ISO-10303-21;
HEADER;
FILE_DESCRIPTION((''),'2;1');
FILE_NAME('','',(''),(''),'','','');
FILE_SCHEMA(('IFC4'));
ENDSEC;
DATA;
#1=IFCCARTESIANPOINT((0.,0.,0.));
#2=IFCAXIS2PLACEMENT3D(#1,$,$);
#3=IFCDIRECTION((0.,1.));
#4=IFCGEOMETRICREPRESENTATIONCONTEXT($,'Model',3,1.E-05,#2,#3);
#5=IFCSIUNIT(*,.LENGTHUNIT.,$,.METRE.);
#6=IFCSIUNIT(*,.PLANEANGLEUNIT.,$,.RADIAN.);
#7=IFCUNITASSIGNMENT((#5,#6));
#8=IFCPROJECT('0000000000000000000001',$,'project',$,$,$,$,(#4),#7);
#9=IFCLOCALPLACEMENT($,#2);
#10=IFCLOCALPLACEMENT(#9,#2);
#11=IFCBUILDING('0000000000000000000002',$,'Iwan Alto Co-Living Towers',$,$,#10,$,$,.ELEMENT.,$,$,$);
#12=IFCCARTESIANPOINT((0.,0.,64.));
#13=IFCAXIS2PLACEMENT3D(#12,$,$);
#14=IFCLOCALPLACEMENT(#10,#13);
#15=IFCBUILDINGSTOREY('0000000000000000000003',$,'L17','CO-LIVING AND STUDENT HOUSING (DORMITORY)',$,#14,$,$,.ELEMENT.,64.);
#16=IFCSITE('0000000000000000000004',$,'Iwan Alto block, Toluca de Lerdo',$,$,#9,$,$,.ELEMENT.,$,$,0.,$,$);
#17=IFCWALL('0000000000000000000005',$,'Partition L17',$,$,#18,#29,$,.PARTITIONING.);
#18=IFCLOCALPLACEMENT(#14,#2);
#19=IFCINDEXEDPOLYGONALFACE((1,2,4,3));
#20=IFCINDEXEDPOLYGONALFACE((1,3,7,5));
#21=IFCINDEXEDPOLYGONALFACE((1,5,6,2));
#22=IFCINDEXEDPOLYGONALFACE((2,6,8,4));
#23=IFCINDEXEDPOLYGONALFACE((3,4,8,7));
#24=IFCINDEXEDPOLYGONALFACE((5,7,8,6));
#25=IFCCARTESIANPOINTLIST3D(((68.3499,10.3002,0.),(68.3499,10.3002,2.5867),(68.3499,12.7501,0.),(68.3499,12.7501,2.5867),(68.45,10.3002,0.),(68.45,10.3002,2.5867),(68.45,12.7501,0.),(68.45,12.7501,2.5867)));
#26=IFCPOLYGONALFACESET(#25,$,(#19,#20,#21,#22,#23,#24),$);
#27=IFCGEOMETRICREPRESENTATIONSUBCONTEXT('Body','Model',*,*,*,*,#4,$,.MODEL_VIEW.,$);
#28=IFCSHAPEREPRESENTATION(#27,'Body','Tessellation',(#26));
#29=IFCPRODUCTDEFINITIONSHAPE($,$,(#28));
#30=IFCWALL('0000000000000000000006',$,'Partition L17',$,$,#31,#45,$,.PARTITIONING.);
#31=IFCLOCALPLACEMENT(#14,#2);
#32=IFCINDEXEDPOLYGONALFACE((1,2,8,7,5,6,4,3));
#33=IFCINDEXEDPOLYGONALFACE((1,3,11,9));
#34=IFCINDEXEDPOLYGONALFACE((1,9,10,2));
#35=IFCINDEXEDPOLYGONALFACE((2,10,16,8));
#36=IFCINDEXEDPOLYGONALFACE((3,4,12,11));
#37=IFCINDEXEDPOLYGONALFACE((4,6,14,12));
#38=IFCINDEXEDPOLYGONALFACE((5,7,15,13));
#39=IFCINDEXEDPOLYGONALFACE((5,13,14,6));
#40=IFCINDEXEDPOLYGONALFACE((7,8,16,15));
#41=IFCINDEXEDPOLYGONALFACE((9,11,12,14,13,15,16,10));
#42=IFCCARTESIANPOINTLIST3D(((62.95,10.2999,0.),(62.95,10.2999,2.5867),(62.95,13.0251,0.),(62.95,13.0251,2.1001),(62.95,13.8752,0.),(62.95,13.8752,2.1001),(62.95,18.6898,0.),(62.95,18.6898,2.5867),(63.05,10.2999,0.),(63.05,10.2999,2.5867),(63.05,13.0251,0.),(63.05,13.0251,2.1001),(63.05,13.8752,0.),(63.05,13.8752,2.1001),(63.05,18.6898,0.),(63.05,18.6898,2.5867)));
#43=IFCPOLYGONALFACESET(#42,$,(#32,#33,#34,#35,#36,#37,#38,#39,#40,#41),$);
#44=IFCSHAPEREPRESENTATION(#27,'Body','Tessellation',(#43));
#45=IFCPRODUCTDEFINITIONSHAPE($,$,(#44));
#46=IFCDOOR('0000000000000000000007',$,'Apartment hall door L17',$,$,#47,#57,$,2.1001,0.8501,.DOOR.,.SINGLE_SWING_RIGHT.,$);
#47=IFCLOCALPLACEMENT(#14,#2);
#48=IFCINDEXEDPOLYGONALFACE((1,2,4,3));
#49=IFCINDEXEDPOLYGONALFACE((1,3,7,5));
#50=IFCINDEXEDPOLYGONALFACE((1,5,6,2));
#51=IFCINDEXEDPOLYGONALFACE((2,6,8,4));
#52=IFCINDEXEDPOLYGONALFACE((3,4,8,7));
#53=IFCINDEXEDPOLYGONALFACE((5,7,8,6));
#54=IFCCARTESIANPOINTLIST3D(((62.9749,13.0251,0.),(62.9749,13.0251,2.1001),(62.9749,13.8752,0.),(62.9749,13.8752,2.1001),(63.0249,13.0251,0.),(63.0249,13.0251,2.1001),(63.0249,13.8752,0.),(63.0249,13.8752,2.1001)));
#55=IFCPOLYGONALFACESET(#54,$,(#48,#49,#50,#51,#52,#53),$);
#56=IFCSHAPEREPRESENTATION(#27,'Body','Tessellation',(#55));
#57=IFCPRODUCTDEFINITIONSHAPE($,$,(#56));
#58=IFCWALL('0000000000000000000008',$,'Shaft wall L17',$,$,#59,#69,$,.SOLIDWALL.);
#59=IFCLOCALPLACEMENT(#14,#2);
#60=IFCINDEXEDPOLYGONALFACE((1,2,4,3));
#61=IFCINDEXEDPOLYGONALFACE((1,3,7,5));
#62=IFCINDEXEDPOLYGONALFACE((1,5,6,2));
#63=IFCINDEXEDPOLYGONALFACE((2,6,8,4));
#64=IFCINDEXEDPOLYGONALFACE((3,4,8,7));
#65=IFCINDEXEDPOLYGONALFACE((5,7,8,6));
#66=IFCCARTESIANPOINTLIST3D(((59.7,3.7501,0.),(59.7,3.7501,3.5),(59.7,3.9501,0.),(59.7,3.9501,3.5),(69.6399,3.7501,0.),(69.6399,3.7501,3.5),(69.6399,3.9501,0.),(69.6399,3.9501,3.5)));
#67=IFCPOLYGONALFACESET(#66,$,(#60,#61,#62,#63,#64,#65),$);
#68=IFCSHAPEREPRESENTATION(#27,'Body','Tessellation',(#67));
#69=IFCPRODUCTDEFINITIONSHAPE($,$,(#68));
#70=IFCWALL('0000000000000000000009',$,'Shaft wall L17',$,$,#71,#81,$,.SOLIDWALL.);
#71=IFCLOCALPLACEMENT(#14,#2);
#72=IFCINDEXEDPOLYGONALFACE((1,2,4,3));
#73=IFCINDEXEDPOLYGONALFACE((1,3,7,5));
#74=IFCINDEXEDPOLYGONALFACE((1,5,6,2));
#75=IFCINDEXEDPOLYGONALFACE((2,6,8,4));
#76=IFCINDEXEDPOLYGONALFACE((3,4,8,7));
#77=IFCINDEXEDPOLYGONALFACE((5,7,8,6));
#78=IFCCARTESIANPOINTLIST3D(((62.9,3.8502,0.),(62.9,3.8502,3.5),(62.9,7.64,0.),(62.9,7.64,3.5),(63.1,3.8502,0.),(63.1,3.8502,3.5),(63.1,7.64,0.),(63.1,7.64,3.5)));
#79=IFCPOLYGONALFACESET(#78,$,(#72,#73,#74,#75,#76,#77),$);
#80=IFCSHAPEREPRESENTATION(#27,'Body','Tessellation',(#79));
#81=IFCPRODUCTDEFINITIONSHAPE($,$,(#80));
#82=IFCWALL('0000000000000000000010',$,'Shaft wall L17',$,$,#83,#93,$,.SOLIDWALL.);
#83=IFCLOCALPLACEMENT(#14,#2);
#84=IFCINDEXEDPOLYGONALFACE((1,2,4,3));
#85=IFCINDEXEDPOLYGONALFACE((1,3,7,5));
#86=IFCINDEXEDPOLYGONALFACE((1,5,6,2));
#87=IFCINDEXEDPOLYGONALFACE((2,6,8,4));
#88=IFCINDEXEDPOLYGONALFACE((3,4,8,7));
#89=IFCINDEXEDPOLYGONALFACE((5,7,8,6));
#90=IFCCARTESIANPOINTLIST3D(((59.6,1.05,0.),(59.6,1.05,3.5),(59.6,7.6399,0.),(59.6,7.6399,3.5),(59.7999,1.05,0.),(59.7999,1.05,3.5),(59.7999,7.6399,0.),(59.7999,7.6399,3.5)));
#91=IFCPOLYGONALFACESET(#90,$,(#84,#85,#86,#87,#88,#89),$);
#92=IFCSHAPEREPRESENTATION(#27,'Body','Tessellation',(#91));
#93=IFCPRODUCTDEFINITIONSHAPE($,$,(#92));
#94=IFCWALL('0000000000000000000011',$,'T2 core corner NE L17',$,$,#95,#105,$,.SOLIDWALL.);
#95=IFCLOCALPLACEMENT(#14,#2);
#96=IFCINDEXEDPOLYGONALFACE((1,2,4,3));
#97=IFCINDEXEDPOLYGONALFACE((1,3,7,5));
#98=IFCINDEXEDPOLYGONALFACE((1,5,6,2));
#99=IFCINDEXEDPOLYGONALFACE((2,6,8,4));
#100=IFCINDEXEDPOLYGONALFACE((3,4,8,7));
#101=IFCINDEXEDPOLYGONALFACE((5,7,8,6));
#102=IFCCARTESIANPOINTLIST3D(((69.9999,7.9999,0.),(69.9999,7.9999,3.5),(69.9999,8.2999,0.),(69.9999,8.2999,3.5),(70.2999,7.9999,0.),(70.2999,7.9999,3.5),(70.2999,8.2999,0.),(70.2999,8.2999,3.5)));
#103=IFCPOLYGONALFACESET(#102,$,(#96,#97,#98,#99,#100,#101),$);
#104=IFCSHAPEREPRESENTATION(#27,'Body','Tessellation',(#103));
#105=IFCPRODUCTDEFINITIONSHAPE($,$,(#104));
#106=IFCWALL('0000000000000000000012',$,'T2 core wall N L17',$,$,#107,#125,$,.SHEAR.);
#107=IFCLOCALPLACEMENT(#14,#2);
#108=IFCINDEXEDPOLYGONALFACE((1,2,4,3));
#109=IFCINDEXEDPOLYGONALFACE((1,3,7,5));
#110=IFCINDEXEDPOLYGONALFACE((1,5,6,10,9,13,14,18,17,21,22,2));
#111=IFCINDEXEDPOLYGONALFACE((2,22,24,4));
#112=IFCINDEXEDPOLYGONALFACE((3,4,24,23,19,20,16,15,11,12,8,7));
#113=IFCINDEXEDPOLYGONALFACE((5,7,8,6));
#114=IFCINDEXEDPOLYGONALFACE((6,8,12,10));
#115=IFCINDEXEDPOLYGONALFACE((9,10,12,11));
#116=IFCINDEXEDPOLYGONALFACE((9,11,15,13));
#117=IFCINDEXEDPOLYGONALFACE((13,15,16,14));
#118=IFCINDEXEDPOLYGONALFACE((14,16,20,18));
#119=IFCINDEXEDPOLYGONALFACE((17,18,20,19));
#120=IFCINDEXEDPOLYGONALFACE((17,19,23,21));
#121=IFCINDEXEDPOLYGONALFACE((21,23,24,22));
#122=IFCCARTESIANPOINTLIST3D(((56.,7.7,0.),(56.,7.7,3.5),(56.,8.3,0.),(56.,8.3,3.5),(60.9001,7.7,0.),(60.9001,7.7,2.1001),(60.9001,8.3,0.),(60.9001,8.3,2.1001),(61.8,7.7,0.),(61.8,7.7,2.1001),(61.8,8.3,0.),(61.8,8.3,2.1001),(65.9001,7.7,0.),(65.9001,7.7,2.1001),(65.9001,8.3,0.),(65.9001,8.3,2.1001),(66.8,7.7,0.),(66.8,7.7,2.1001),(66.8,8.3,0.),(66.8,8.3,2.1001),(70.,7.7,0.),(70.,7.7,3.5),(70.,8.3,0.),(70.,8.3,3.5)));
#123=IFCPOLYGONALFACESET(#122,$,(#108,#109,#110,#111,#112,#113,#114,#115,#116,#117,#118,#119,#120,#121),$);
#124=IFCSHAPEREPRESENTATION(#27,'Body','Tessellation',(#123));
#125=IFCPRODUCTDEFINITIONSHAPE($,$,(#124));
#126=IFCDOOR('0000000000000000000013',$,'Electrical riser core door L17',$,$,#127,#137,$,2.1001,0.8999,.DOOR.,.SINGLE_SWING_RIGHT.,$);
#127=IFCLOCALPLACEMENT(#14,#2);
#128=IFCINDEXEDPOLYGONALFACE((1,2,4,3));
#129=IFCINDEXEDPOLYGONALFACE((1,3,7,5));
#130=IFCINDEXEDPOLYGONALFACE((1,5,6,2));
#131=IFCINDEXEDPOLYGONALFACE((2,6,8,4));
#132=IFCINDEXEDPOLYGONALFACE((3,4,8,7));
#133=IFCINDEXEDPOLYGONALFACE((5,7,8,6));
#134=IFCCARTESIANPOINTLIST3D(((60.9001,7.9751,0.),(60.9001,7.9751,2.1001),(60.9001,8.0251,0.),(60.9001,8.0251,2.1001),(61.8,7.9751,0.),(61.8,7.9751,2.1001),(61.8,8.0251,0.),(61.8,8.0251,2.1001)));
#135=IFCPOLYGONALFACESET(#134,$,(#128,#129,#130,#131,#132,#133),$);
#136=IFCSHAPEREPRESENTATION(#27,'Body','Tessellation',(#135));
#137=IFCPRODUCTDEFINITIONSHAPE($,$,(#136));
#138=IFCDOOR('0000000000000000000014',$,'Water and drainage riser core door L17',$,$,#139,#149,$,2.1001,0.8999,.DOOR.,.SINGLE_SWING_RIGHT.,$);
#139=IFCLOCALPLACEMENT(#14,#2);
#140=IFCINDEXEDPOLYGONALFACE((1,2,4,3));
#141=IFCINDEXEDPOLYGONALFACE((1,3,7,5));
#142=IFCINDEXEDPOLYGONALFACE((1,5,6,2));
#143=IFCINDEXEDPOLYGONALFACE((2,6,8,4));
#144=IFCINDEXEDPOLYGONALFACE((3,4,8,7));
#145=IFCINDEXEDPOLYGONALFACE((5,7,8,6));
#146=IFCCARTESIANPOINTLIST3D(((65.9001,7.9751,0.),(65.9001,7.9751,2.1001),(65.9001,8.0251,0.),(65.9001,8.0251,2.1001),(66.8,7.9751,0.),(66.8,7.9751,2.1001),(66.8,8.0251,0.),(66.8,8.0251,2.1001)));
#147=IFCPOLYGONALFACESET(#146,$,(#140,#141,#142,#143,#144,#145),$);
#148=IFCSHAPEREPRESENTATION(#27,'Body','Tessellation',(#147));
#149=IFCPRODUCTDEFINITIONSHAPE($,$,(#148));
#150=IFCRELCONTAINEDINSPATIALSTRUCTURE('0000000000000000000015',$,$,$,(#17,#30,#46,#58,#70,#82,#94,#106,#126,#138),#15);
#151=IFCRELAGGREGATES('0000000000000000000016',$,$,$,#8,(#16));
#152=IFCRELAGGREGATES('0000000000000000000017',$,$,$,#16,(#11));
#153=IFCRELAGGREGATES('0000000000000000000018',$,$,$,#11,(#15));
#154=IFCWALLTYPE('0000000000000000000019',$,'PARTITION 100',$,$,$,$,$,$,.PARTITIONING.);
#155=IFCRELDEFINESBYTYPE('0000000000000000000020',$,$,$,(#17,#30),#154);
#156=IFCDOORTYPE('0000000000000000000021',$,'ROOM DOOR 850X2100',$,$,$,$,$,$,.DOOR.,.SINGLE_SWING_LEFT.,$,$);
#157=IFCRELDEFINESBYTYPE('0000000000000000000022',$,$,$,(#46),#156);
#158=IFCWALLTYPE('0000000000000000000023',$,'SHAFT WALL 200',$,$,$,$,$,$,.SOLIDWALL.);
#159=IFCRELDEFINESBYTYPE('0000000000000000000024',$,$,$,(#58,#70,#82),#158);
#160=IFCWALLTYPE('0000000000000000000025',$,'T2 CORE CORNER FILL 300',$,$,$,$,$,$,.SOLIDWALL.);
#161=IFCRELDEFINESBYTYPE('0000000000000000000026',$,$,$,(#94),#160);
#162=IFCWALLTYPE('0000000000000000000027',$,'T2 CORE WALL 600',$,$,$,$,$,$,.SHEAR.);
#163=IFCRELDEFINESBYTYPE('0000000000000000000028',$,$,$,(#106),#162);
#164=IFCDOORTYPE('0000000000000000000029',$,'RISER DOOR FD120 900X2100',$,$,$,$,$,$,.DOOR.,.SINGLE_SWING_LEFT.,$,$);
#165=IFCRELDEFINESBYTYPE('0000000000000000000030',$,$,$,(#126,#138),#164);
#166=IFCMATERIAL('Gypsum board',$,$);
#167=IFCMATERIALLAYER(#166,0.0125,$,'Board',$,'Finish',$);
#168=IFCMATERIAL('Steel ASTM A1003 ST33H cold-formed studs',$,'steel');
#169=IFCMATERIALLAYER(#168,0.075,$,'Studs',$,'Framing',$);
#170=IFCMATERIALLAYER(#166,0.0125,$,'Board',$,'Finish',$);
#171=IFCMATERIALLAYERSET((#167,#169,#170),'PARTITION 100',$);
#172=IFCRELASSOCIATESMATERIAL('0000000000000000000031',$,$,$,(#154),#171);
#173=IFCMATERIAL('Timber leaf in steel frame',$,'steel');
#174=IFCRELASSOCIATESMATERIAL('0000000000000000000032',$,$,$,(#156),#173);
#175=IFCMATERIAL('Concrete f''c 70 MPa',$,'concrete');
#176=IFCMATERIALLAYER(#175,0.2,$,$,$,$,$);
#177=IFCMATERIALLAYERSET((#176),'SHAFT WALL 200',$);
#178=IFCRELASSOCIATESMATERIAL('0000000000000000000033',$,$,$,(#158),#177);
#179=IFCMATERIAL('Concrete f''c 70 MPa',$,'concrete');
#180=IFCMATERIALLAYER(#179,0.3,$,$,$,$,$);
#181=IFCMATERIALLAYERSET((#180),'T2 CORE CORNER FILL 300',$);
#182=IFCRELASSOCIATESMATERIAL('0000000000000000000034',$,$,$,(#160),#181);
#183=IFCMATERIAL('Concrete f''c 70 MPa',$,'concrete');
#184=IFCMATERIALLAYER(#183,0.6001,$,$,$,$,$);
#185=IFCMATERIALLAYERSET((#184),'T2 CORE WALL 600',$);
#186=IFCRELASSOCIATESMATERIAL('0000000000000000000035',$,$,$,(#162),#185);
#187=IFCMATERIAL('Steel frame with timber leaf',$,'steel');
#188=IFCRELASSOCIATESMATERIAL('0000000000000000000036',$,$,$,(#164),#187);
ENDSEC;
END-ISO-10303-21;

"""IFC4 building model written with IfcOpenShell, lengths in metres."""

from ifc_helpers import new_model, si_unit, direction, frame, frame_2d, origin, place, context, subcontext, project, spatial, rectangle, extrude, material, layer, layer_set, type_object, element, fill, save


model = new_model("IFC4")

# Units and contexts
model_context = context("Model", 3, precision=1e-05, world=origin(), true_north=direction((0.0, 1.0)))
body_context = subcontext(model_context, "Body", "Model", "MODEL_VIEW")
ifc_project = project(units=[si_unit("LENGTHUNIT", "METRE"), si_unit("PLANEANGLEUNIT", "RADIAN")], contexts=[model_context])

# Site, building, storey
site_placement = place(None, origin())
site = spatial("IfcSite", under=ifc_project, at=site_placement, Name="Iwan Alto block, Toluca de Lerdo", CompositionType="ELEMENT", RefElevation=0.0)
building_placement = place(site_placement, origin())
building = spatial("IfcBuilding", under=site, at=building_placement, Name="Iwan Alto Co-Living Towers", CompositionType="ELEMENT")
storey_placement = place(building_placement, frame((0.0, 0.0, 64.0)))
storey = spatial("IfcBuildingStorey", under=building, at=storey_placement, Name="L17", Description="CO-LIVING AND STUDENT HOUSING (DORMITORY)", CompositionType="ELEMENT", Elevation=64.0)

# Wall
ifc_material_1 = material(Name="Gypsum board")
ifc_layer_1 = layer(ifc_material_1, 0.0125, Name="Board", Category="Finish")
ifc_material_2 = material(Name="Steel ASTM A1003 ST33H cold-formed studs", Category="steel")
ifc_layer_2 = layer(ifc_material_2, 0.075, Name="Studs", Category="Framing")
ifc_layer_3 = layer(ifc_material_1, 0.0125, Name="Board", Category="Finish")
ifc_layer_set_1 = layer_set([ifc_layer_1, ifc_layer_2, ifc_layer_3], Name="PARTITION 100")
wall_type_1 = type_object("IfcWallType", Name="PARTITION 100", PredefinedType="PARTITIONING", material=ifc_layer_set_1)
wall_1_placement = place(storey_placement, frame((68.3999, 10.3, 0.0), z_axis=(0.0, 0.0, 1.0), x_axis=(0.0, 1.0, 0.0)))
element("IfcWall", 1, at=wall_1_placement, inside=storey, type_object=wall_type_1, Name="Partition L17", PredefinedType="PARTITIONING", context=body_context, shape_type="SweptSolid", body=[
    extrude(rectangle(XDim=2.45, YDim=0.1001, at=frame_2d((1.2251, 0.0))), origin(), (0.0, 0.0, 1.0), 2.5867),
])

# Wall, opening, door
wall_2_placement = place(storey_placement, frame((63.0, 10.3, 0.0), z_axis=(0.0, 0.0, 1.0), x_axis=(0.0, 1.0, 0.0)))
wall_2 = element("IfcWall", 2, at=wall_2_placement, inside=storey, type_object=wall_type_1, Name="Partition L17", PredefinedType="PARTITIONING", context=body_context, shape_type="SweptSolid", body=[
    extrude(rectangle(XDim=8.3899, YDim=0.1001, at=frame_2d((4.1948, 0.0))), origin(), (0.0, 0.0, 1.0), 2.5867),
])
opening_1_placement = place(wall_2_placement, frame((2.7251, 0.0, 0.0)))
opening_1 = element("IfcOpeningElement", 3, at=opening_1_placement, cuts=wall_2, PredefinedType="OPENING", context=body_context, shape_type="SweptSolid", body=[
    extrude(rectangle(XDim=0.8501, YDim=2.1001, at=frame_2d((0.425, 1.05))), frame((0.0, 0.0601, 0.0), z_axis=(0.0, -1.0, 0.0), x_axis=(1.0, 0.0, 0.0)), (0.0, 0.0, 1.0), 0.1201),
])
ifc_material_3 = material(Name="Timber leaf in steel frame", Category="steel")
door_type_1 = type_object("IfcDoorType", Name="ROOM DOOR 850X2100", OperationType="SINGLE_SWING_LEFT", PredefinedType="DOOR", material=ifc_material_3)
door_1_placement = place(opening_1_placement, frame((0.8501, 0.0, 0.0), z_axis=(0.0, 0.0, 1.0), x_axis=(-1.0, 0.0, 0.0)))
door_1 = element("IfcDoor", 4, at=door_1_placement, inside=storey, type_object=door_type_1, Name="Apartment hall door L17", OperationType="SINGLE_SWING_RIGHT", OverallHeight=2.1001, OverallWidth=0.8501, PredefinedType="DOOR", context=body_context, shape_type="SweptSolid", body=[
    extrude(rectangle(XDim=0.8501, YDim=2.1001, at=frame_2d((0.425, 1.05))), frame((0.0, 0.0249, 0.0), z_axis=(0.0, -1.0, 0.0), x_axis=(1.0, 0.0, 0.0)), (0.0, 0.0, 1.0), 0.05),
])
fill(opening_1, door_1)

# Walls
ifc_material_4 = material(Name="Concrete f'c 70 MPa", Category="concrete")
ifc_layer_4 = layer(ifc_material_4, 0.2)
ifc_layer_set_2 = layer_set([ifc_layer_4], Name="SHAFT WALL 200")
wall_type_2 = type_object("IfcWallType", Name="SHAFT WALL 200", PredefinedType="SOLIDWALL", material=ifc_layer_set_2)
wall_3_placement = place(storey_placement, frame((59.7, 3.8501, 0.0), z_axis=(0.0, 0.0, 1.0), x_axis=(1.0, 0.0, 0.0)))
element("IfcWall", 5, at=wall_3_placement, inside=storey, type_object=wall_type_2, Name="Shaft wall L17", PredefinedType="SOLIDWALL", context=body_context, shape_type="SweptSolid", body=[
    extrude(rectangle(XDim=9.9399, YDim=0.2, at=frame_2d((4.97, 0.0))), origin(), (0.0, 0.0, 1.0), 3.5),
])
wall_4_placement = place(storey_placement, frame((63.0, 3.8501, 0.0), z_axis=(0.0, 0.0, 1.0), x_axis=(0.0, 1.0, 0.0)))
element("IfcWall", 6, at=wall_4_placement, inside=storey, type_object=wall_type_2, Name="Shaft wall L17", PredefinedType="SOLIDWALL", context=body_context, shape_type="SweptSolid", body=[
    extrude(rectangle(XDim=3.7898, YDim=0.2, at=frame_2d((1.895, 0.0))), origin(), (0.0, 0.0, 1.0), 3.5),
])
wall_5_placement = place(storey_placement, frame((59.7, 1.05, 0.0), z_axis=(0.0, 0.0, 1.0), x_axis=(0.0, 1.0, 0.0)))
element("IfcWall", 7, at=wall_5_placement, inside=storey, type_object=wall_type_2, Name="Shaft wall L17", PredefinedType="SOLIDWALL", context=body_context, shape_type="SweptSolid", body=[
    extrude(rectangle(XDim=6.5898, YDim=0.2, at=frame_2d((3.2949, 0.0))), origin(), (0.0, 0.0, 1.0), 3.5),
])
ifc_material_5 = material(Name="Concrete f'c 70 MPa", Category="concrete")
ifc_layer_5 = layer(ifc_material_5, 0.3)
ifc_layer_set_3 = layer_set([ifc_layer_5], Name="T2 CORE CORNER FILL 300")
wall_type_3 = type_object("IfcWallType", Name="T2 CORE CORNER FILL 300", PredefinedType="SOLIDWALL", material=ifc_layer_set_3)
wall_6_placement = place(storey_placement, frame((70.0, 8.1499, 0.0), z_axis=(0.0, 0.0, 1.0), x_axis=(1.0, 0.0, 0.0)))
element("IfcWall", 8, at=wall_6_placement, inside=storey, type_object=wall_type_3, Name="T2 core corner NE L17", PredefinedType="SOLIDWALL", context=body_context, shape_type="SweptSolid", body=[
    extrude(rectangle(XDim=0.3, YDim=0.3, at=frame_2d((0.1499, 0.0))), origin(), (0.0, 0.0, 1.0), 3.5),
])

# Wall, openings, doors
ifc_material_6 = material(Name="Concrete f'c 70 MPa", Category="concrete")
ifc_layer_6 = layer(ifc_material_6, 0.6001)
ifc_layer_set_4 = layer_set([ifc_layer_6], Name="T2 CORE WALL 600")
wall_type_4 = type_object("IfcWallType", Name="T2 CORE WALL 600", PredefinedType="SHEAR", material=ifc_layer_set_4)
wall_7_placement = place(storey_placement, frame((70.0, 8.0, 0.0), z_axis=(0.0, 0.0, 1.0), x_axis=(-1.0, 0.0, 0.0)))
wall_7 = element("IfcWall", 9, at=wall_7_placement, inside=storey, type_object=wall_type_4, Name="T2 core wall N L17", PredefinedType="SHEAR", context=body_context, shape_type="SweptSolid", body=[
    extrude(rectangle(XDim=14.0, YDim=0.6001, at=frame_2d((7.0, 0.0))), origin(), (0.0, 0.0, 1.0), 3.5),
])
opening_2_placement = place(wall_7_placement, frame((8.2, 0.0, 0.0)))
opening_2 = element("IfcOpeningElement", 10, at=opening_2_placement, cuts=wall_7, PredefinedType="OPENING", context=body_context, shape_type="SweptSolid", body=[
    extrude(rectangle(XDim=0.8999, YDim=2.1001, at=frame_2d((0.45, 1.05))), frame((0.0, 0.3101, 0.0), z_axis=(0.0, -1.0, 0.0), x_axis=(1.0, 0.0, 0.0)), (0.0, 0.0, 1.0), 0.6201),
])
opening_3_placement = place(wall_7_placement, frame((3.2, 0.0, 0.0)))
opening_3 = element("IfcOpeningElement", 11, at=opening_3_placement, cuts=wall_7, PredefinedType="OPENING", context=body_context, shape_type="SweptSolid", body=[
    extrude(rectangle(XDim=0.8999, YDim=2.1001, at=frame_2d((0.45, 1.05))), frame((0.0, 0.3101, 0.0), z_axis=(0.0, -1.0, 0.0), x_axis=(1.0, 0.0, 0.0)), (0.0, 0.0, 1.0), 0.6201),
])
ifc_material_7 = material(Name="Steel frame with timber leaf", Category="steel")
door_type_2 = type_object("IfcDoorType", Name="RISER DOOR FD120 900X2100", OperationType="SINGLE_SWING_LEFT", PredefinedType="DOOR", material=ifc_material_7)
door_2_placement = place(opening_2_placement, origin())
door_2 = element("IfcDoor", 12, at=door_2_placement, inside=storey, type_object=door_type_2, Name="Electrical riser core door L17", OperationType="SINGLE_SWING_RIGHT", OverallHeight=2.1001, OverallWidth=0.8999, PredefinedType="DOOR", context=body_context, shape_type="SweptSolid", body=[
    extrude(rectangle(XDim=0.8999, YDim=2.1001, at=frame_2d((0.45, 1.05))), frame((0.0, 0.0249, 0.0), z_axis=(0.0, -1.0, 0.0), x_axis=(1.0, 0.0, 0.0)), (0.0, 0.0, 1.0), 0.05),
])
fill(opening_2, door_2)
door_3_placement = place(opening_3_placement, origin())
door_3 = element("IfcDoor", 13, at=door_3_placement, inside=storey, type_object=door_type_2, Name="Water and drainage riser core door L17", OperationType="SINGLE_SWING_RIGHT", OverallHeight=2.1001, OverallWidth=0.8999, PredefinedType="DOOR", context=body_context, shape_type="SweptSolid", body=[
    extrude(rectangle(XDim=0.8999, YDim=2.1001, at=frame_2d((0.45, 1.05))), frame((0.0, 0.0249, 0.0), z_axis=(0.0, -1.0, 0.0), x_axis=(1.0, 0.0, 0.0)), (0.0, 0.0, 1.0), 0.05),
])
fill(opening_3, door_3)

save(model, "model.ifc")
